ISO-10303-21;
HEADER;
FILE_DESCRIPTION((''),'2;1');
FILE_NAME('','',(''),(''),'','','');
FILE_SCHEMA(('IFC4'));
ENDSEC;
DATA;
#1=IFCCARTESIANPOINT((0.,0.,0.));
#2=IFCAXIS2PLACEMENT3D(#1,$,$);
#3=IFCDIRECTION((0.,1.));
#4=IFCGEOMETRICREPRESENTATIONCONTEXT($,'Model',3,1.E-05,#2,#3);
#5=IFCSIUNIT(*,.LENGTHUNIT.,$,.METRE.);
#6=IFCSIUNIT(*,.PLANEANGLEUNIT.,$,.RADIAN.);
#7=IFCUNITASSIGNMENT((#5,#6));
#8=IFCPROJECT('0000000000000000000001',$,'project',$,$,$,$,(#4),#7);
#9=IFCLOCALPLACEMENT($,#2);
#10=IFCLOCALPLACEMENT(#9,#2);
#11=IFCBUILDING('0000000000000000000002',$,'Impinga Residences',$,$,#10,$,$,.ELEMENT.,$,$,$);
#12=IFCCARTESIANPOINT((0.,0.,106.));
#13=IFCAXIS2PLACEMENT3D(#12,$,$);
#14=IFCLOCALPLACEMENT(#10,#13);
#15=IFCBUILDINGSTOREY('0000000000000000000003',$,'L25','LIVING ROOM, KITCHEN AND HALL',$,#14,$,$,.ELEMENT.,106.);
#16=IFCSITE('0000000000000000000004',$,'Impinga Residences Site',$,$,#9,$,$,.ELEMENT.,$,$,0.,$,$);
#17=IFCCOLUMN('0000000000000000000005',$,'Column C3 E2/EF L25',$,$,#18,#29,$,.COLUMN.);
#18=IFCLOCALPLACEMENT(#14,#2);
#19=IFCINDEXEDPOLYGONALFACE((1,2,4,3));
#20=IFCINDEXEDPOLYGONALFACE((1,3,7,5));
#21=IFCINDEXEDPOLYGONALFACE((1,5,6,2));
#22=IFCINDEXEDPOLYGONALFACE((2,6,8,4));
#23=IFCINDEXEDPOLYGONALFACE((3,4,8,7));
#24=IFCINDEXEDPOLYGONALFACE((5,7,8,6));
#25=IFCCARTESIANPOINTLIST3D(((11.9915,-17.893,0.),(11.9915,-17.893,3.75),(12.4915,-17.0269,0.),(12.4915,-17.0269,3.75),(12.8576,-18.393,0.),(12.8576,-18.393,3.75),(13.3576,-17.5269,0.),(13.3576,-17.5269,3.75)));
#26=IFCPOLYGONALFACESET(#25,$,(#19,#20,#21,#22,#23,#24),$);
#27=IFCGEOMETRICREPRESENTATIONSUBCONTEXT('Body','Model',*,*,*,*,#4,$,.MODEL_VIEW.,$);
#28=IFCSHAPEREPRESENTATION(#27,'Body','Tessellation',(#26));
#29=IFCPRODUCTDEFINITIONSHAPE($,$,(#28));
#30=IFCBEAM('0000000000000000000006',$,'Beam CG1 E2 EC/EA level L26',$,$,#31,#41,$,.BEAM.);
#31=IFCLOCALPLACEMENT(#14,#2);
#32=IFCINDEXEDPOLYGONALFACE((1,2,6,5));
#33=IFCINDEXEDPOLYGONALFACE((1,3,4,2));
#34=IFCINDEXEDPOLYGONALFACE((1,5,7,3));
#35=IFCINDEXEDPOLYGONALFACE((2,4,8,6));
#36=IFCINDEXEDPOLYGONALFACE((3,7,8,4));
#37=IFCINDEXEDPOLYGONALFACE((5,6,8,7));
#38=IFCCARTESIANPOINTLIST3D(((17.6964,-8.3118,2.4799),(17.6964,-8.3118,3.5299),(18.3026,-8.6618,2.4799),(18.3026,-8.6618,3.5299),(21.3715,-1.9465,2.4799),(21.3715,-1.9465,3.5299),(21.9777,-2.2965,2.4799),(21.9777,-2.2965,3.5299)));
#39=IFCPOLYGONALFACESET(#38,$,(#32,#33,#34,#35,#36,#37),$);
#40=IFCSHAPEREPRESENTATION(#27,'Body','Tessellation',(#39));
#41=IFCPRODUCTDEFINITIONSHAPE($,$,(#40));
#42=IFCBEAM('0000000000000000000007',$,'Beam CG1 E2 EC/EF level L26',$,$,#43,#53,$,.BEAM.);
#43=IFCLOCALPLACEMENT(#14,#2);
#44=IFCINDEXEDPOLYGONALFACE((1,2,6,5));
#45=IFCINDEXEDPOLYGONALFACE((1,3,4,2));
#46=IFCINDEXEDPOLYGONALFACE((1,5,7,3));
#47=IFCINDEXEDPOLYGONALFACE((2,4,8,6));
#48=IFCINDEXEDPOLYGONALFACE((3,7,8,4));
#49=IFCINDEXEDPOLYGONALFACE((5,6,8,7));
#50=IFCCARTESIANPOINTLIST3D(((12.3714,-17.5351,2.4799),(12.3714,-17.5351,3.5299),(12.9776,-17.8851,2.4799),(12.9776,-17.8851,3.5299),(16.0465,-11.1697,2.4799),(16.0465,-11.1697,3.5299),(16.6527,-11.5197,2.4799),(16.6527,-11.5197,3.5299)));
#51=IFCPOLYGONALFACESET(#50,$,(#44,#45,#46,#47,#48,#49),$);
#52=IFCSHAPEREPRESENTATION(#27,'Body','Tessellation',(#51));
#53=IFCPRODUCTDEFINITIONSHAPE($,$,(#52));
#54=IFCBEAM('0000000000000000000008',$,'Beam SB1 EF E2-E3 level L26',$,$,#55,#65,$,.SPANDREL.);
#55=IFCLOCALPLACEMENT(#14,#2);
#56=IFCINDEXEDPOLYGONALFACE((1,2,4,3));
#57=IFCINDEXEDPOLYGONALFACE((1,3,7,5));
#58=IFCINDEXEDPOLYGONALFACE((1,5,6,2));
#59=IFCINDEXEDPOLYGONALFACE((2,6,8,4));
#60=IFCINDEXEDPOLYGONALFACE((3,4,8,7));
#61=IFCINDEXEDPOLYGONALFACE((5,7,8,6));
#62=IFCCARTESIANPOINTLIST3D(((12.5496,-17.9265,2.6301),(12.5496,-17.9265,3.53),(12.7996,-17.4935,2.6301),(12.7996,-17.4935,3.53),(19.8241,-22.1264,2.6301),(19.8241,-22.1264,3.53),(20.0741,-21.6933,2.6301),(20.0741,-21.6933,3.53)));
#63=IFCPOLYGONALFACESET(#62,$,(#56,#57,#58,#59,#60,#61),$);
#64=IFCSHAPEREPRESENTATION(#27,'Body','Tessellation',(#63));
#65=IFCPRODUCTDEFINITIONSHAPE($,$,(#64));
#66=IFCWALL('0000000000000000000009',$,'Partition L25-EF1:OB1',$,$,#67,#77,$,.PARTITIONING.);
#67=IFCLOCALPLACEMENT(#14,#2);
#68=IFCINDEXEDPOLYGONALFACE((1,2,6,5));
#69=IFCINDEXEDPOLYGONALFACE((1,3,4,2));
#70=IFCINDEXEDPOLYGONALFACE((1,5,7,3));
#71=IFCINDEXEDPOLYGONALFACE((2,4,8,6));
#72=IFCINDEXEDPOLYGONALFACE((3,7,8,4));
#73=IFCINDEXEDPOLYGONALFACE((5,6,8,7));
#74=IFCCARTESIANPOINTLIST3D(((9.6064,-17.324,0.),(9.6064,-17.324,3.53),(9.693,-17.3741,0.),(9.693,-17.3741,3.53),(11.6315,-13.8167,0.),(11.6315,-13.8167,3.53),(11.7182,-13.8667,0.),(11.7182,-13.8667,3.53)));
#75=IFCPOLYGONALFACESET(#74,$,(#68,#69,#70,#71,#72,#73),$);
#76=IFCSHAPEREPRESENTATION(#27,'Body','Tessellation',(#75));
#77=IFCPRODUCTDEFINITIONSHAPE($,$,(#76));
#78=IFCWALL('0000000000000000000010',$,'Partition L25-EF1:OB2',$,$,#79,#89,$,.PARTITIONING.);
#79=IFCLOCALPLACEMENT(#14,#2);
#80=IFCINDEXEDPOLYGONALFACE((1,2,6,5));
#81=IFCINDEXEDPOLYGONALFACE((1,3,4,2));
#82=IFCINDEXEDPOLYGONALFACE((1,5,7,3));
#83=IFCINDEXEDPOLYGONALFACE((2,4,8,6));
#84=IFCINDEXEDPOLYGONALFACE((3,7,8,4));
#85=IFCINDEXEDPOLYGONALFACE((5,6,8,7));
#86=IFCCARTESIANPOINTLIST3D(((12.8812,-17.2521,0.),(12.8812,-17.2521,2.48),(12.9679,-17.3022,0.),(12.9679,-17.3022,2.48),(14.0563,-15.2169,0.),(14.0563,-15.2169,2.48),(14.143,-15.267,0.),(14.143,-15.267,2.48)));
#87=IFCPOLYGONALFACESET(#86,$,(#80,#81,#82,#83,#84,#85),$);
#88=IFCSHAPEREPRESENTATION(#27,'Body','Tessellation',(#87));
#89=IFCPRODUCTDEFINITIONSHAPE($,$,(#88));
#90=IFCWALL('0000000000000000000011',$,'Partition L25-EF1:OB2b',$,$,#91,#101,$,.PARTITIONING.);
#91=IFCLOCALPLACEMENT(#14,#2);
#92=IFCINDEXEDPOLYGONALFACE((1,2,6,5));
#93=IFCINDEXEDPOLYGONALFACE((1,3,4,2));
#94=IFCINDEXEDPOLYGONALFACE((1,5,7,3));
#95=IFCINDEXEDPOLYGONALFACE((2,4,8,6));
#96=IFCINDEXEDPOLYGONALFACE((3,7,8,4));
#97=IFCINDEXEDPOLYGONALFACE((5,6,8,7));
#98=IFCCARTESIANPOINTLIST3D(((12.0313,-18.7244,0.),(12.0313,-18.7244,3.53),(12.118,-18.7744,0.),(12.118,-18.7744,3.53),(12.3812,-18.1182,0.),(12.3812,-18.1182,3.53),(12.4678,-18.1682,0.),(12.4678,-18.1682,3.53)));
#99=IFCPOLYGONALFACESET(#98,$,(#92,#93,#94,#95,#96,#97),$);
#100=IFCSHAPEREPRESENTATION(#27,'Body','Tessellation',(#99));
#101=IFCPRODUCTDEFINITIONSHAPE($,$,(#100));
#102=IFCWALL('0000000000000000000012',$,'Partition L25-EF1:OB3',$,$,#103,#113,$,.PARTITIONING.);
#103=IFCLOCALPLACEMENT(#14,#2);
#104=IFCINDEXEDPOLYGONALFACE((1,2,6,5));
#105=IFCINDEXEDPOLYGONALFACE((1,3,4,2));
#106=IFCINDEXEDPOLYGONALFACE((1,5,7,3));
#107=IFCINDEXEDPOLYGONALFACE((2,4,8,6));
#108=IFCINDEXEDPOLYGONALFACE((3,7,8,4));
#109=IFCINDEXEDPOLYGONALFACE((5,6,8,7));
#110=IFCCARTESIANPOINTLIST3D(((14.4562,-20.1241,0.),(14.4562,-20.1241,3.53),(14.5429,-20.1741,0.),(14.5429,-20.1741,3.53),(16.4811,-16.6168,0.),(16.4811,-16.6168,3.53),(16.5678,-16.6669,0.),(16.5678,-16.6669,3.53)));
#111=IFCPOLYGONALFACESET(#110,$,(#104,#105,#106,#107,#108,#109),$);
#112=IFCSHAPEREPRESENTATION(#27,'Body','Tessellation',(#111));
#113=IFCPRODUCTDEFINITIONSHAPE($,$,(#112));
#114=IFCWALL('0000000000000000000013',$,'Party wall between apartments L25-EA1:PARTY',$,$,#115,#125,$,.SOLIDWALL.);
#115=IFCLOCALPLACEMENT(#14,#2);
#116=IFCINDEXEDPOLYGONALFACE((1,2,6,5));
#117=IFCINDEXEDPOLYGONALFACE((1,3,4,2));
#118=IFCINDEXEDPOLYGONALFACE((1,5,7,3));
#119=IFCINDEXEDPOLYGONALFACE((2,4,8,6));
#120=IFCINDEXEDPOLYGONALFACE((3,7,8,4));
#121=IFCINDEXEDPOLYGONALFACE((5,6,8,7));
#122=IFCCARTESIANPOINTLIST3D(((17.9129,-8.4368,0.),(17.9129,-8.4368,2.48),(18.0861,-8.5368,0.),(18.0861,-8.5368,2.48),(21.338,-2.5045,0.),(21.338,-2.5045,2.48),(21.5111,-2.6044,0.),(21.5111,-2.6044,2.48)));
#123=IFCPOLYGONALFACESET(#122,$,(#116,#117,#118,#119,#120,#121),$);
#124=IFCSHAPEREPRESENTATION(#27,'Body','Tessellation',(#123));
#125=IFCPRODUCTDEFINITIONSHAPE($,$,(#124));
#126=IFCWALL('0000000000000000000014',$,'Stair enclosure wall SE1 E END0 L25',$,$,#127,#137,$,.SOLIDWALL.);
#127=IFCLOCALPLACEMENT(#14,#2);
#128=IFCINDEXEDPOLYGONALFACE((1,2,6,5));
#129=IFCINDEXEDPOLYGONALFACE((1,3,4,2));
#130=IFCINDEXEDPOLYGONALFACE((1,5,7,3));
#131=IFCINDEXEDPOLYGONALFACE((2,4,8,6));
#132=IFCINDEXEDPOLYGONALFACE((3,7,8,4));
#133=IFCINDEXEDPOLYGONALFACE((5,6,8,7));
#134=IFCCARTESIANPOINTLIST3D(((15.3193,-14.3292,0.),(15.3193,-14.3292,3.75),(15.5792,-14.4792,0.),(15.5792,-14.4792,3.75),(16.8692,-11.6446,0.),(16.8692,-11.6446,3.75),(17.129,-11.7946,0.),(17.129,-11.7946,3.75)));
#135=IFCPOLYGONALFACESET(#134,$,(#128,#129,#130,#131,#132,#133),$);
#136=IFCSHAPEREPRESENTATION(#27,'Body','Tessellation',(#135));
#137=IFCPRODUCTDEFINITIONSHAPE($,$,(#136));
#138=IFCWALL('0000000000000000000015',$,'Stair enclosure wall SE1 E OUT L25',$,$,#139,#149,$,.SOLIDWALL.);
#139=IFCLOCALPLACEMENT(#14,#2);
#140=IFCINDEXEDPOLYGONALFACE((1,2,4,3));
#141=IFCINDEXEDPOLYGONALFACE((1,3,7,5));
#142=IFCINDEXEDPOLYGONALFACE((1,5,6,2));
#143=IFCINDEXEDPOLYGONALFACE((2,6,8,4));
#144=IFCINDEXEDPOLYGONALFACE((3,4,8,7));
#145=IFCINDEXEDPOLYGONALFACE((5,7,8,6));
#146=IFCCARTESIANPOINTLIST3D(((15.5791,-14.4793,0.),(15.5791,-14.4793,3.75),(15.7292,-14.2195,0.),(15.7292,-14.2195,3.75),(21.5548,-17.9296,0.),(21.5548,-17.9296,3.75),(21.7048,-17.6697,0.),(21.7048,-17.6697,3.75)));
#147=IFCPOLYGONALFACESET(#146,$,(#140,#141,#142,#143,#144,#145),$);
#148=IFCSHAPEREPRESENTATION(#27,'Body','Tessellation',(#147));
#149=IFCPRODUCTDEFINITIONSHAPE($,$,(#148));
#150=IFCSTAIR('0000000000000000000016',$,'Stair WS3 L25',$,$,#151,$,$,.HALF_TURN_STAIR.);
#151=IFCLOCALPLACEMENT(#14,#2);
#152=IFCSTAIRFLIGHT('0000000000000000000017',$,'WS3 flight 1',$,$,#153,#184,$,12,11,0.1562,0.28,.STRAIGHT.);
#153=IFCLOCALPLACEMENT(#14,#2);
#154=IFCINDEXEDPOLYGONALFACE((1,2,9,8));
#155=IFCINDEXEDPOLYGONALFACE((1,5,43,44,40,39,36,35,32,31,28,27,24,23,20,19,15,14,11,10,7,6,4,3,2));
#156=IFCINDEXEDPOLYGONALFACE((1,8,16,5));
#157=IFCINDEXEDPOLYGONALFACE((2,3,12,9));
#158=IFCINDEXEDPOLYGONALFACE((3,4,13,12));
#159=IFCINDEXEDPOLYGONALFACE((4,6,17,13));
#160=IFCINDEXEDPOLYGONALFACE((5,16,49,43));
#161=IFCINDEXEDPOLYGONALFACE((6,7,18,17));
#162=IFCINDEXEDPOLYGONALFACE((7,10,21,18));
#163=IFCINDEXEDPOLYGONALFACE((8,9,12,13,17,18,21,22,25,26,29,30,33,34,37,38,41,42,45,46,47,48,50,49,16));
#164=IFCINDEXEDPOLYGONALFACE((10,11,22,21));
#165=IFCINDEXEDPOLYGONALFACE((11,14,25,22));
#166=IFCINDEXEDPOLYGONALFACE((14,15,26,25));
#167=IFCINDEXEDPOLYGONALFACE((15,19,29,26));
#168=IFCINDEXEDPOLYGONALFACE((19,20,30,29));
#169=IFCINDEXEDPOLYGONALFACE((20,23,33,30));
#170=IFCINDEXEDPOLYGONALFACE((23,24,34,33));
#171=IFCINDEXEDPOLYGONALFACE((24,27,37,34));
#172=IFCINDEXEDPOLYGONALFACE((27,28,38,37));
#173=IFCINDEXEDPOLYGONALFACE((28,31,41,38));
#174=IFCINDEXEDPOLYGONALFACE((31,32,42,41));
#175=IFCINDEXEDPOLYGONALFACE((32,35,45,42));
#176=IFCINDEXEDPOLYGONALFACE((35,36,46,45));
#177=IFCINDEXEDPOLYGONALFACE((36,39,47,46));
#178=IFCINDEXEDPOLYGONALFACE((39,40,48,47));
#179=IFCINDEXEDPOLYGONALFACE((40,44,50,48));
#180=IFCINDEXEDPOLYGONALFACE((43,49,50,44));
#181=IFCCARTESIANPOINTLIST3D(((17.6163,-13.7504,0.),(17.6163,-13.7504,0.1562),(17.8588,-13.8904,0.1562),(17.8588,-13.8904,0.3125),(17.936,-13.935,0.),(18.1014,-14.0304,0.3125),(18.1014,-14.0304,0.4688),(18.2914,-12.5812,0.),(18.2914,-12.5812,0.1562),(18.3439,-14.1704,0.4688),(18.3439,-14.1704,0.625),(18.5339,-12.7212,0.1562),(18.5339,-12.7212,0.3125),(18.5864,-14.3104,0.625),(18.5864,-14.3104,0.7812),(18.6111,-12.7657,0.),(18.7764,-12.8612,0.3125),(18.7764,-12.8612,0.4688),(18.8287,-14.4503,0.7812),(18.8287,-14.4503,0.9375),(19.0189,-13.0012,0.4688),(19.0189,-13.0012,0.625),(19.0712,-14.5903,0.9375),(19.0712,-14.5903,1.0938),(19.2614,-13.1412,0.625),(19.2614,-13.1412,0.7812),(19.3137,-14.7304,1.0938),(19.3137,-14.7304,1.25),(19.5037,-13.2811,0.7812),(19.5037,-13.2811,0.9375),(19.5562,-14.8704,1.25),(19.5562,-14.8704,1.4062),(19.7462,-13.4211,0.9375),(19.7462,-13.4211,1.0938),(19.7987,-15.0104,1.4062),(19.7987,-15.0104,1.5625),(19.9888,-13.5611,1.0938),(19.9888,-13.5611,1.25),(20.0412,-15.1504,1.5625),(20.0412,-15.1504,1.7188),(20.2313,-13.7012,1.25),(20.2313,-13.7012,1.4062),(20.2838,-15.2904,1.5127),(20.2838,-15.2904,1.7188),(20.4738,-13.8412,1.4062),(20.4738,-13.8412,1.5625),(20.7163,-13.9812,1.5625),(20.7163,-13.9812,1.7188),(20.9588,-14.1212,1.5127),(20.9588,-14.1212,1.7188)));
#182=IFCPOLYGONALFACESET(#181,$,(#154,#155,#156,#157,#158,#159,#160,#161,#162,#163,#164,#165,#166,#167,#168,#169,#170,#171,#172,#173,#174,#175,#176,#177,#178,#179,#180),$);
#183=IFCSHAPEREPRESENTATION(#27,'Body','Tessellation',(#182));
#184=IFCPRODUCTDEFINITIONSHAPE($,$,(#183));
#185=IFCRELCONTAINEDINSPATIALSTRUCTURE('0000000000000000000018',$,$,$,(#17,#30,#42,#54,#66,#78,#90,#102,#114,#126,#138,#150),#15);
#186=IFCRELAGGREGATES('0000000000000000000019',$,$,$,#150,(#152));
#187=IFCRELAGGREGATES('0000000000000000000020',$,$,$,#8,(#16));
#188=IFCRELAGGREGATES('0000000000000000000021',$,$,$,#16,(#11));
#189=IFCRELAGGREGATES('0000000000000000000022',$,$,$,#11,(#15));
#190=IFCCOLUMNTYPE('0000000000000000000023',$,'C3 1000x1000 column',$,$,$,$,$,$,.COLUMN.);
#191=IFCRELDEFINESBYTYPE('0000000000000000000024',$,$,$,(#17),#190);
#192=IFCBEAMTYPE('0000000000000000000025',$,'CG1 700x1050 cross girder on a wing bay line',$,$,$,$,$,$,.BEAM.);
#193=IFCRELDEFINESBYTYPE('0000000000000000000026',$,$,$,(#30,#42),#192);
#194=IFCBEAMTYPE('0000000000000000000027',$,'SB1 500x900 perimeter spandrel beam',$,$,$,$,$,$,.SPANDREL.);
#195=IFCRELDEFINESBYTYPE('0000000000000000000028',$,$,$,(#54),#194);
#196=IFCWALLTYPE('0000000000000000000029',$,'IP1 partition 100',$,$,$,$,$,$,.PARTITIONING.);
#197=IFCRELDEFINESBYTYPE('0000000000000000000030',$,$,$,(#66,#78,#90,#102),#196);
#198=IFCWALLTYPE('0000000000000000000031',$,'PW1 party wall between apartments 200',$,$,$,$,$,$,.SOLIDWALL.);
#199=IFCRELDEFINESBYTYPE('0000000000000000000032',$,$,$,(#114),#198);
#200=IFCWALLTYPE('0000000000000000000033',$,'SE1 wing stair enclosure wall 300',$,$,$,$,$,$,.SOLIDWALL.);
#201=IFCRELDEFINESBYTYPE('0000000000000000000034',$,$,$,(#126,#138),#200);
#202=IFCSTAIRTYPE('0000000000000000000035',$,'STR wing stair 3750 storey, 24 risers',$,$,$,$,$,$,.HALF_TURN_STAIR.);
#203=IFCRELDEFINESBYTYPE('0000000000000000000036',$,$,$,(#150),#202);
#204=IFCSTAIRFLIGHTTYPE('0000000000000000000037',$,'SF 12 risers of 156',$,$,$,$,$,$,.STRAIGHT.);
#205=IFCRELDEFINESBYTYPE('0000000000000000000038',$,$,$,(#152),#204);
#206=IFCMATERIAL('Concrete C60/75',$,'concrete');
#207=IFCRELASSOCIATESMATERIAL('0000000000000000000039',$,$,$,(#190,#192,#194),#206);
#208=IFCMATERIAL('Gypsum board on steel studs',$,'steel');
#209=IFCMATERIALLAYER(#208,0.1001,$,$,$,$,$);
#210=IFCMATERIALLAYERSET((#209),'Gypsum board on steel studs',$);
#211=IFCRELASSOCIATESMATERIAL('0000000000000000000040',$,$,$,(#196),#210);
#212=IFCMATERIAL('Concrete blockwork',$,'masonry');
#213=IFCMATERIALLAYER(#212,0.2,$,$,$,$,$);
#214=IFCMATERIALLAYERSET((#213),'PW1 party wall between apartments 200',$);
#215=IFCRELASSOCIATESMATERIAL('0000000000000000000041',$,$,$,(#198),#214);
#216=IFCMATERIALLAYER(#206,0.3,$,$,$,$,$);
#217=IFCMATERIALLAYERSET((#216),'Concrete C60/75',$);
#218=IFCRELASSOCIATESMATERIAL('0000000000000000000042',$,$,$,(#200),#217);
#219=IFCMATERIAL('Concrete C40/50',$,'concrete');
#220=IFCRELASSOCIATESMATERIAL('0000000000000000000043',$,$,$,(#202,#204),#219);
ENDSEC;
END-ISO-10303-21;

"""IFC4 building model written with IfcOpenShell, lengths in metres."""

from ifc_helpers import new_model, si_unit, direction, frame, frame_2d, origin, origin_2d, place, context, subcontext, project, spatial, polyline, rectangle, outline, extrude, material, layer, layer_set, material_profile, profile_set, type_object, element, aggregate, save


model = new_model("IFC4")

# Units and contexts
model_context = context("Model", 3, precision=1e-05, world=origin(), true_north=direction((0.0, 1.0)))
body_context = subcontext(model_context, "Body", "Model", "MODEL_VIEW")
ifc_project = project(units=[si_unit("LENGTHUNIT", "METRE"), si_unit("PLANEANGLEUNIT", "RADIAN")], contexts=[model_context])

# Site, building, storey
site_placement = place(None, origin())
site = spatial("IfcSite", under=ifc_project, at=site_placement, Name="Impinga Residences Site", CompositionType="ELEMENT", RefElevation=0.0)
building_placement = place(site_placement, origin())
building = spatial("IfcBuilding", under=site, at=building_placement, Name="Impinga Residences", CompositionType="ELEMENT")
storey_placement = place(building_placement, frame((0.0, 0.0, 106.0)))
storey = spatial("IfcBuildingStorey", under=building, at=storey_placement, Name="L25", Description="LIVING ROOM, KITCHEN AND HALL", CompositionType="ELEMENT", Elevation=106.0)

# Column
ifc_material_1 = material(Name="Concrete C60/75", Category="concrete")
ifc_material_profile_1 = material_profile(ifc_material_1, rectangle(XDim=1.0, YDim=1.0, at=origin_2d()), Name="RC 1000x1000")
ifc_profile_set_1 = profile_set([ifc_material_profile_1], Name="Concrete C60/75")
column_type = type_object("IfcColumnType", Name="C3 1000x1000 column", PredefinedType="COLUMN", material=ifc_profile_set_1)
column_placement = place(storey_placement, frame((12.6746, -17.71, 0.0), z_axis=(0.0, 0.0, 1.0), x_axis=(-0.5, -0.866025, 0.0)))
element("IfcColumn", 1, at=column_placement, inside=storey, type_object=column_type, Name="Column C3 E2/EF L25", PredefinedType="COLUMN", context=body_context, shape_type="SweptSolid", body=[
    extrude(rectangle(XDim=1.0, YDim=1.0, at=origin_2d()), origin(), (0.0, 0.0, 1.0), 3.75),
])

# Beams
ifc_material_profile_2 = material_profile(ifc_material_1, rectangle(XDim=0.7, YDim=1.05, at=origin_2d()), Name="RC 700x1050")
ifc_profile_set_2 = profile_set([ifc_material_profile_2], Name="Concrete C60/75")
beam_type_1 = type_object("IfcBeamType", Name="CG1 700x1050 cross girder on a wing bay line", PredefinedType="BEAM", material=ifc_profile_set_2)
for number, where, z_axis, x_axis, name in (
    (2, (17.9995, -8.4868, 3.0049), (0.500008, 0.866021, 0.0), (-0.866021, 0.500008, 0.0), "Beam CG1 E2 EC/EA level L26"),
    (3, (16.3496, -11.3447, 3.0049), (-0.500008, -0.866021, 0.0), (0.866021, -0.500008, 0.0), "Beam CG1 E2 EC/EF level L26"),
):
    element("IfcBeam", number, at=place(storey_placement, frame(where, z_axis=z_axis, x_axis=x_axis)), inside=storey, type_object=beam_type_1, Name=name, PredefinedType="BEAM", context=body_context, shape_type="SweptSolid", body=[
        extrude(rectangle(XDim=0.7, YDim=1.05, at=origin_2d()), origin(), (0.0, 0.0, 1.0), 7.3501),
    ])
ifc_material_profile_3 = material_profile(ifc_material_1, rectangle(XDim=0.5, YDim=0.8999, at=origin_2d()), Name="RC 500x900")
ifc_profile_set_3 = profile_set([ifc_material_profile_3], Name="Concrete C60/75")
beam_type_2 = type_object("IfcBeamType", Name="SB1 500x900 perimeter spandrel beam", PredefinedType="SPANDREL", material=ifc_profile_set_3)
beam_placement = place(storey_placement, frame((12.6746, -17.71, 3.0801), z_axis=(0.866029, -0.499993, 0.0), x_axis=(0.499993, 0.866029, 0.0)))
element("IfcBeam", 4, at=beam_placement, inside=storey, type_object=beam_type_2, Name="Beam SB1 EF E2-E3 level L26", PredefinedType="SPANDREL", context=body_context, shape_type="SweptSolid", body=[
    extrude(rectangle(XDim=0.5, YDim=0.8999, at=origin_2d()), origin(), (0.0, 0.0, 1.0), 8.3999),
])

# Walls
ifc_material_2 = material(Name="Gypsum board on steel studs", Category="steel")
ifc_layer_1 = layer(ifc_material_2, 0.1001)
ifc_layer_set_1 = layer_set([ifc_layer_1], Name="Gypsum board on steel studs")
wall_type_1 = type_object("IfcWallType", Name="IP1 partition 100", PredefinedType="PARTITIONING", material=ifc_layer_set_1)
wall_1_placement = place(storey_placement, frame((11.6748, -13.8418, 0.0), z_axis=(0.0, 0.0, 1.0), x_axis=(-0.500036, -0.866005, 0.0)))
element("IfcWall", 5, at=wall_1_placement, inside=storey, type_object=wall_type_1, Name="Partition L25-EF1:OB1", PredefinedType="PARTITIONING", context=body_context, shape_type="SweptSolid", body=[
    extrude(rectangle(XDim=4.05, YDim=0.1001, at=frame_2d((2.0249, 0.0))), origin(), (0.0, 0.0, 1.0), 3.53),
])
wall_2_placement = place(storey_placement, frame((14.0996, -15.2419, 0.0), z_axis=(0.0, 0.0, 1.0), x_axis=(-0.500016, -0.866016, 0.0)))
element("IfcWall", 6, at=wall_2_placement, inside=storey, type_object=wall_type_1, Name="Partition L25-EF1:OB2", PredefinedType="PARTITIONING", context=body_context, shape_type="SweptSolid", body=[
    extrude(rectangle(XDim=2.3501, YDim=0.1001, at=frame_2d((1.175, 0.0))), origin(), (0.0, 0.0, 1.0), 2.48),
])
wall_3_placement = place(storey_placement, frame((12.4246, -18.1431, 0.0), z_axis=(0.0, 0.0, 1.0), x_axis=(-0.499853, -0.86611, 0.0)))
element("IfcWall", 7, at=wall_3_placement, inside=storey, type_object=wall_type_1, Name="Partition L25-EF1:OB2b", PredefinedType="PARTITIONING", context=body_context, shape_type="SweptSolid", body=[
    extrude(rectangle(XDim=0.7, YDim=0.1001, at=frame_2d((0.3501, 0.0))), origin(), (0.0, 0.0, 1.0), 3.53),
])
wall_4_placement = place(storey_placement, frame((16.5244, -16.6418, 0.0), z_axis=(0.0, 0.0, 1.0), x_axis=(-0.49999, -0.866031, 0.0)))
element("IfcWall", 8, at=wall_4_placement, inside=storey, type_object=wall_type_1, Name="Partition L25-EF1:OB3", PredefinedType="PARTITIONING", context=body_context, shape_type="SweptSolid", body=[
    extrude(rectangle(XDim=4.0498, YDim=0.1001, at=frame_2d((2.0249, 0.0))), origin(), (0.0, 0.0, 1.0), 3.53),
])
ifc_material_3 = material(Name="Concrete blockwork", Category="masonry")
ifc_layer_2 = layer(ifc_material_3, 0.2)
ifc_layer_set_2 = layer_set([ifc_layer_2], Name="PW1 party wall between apartments 200")
wall_type_2 = type_object("IfcWallType", Name="PW1 party wall between apartments 200", PredefinedType="SOLIDWALL", material=ifc_layer_set_2)
wall_5_placement = place(storey_placement, frame((17.9995, -8.4868, 0.0), z_axis=(0.0, 0.0, 1.0), x_axis=(0.499999, 0.866026, 0.0)))
element("IfcWall", 9, at=wall_5_placement, inside=storey, type_object=wall_type_2, Name="Party wall between apartments L25-EA1:PARTY", PredefinedType="SOLIDWALL", context=body_context, shape_type="SweptSolid", body=[
    extrude(rectangle(XDim=6.8501, YDim=0.2, at=frame_2d((3.425, 0.0))), origin(), (0.0, 0.0, 1.0), 2.48),
])
ifc_layer_3 = layer(ifc_material_1, 0.3)
ifc_layer_set_3 = layer_set([ifc_layer_3], Name="Concrete C60/75")
wall_type_3 = type_object("IfcWallType", Name="SE1 wing stair enclosure wall 300", PredefinedType="SOLIDWALL", material=ifc_layer_set_3)
wall_6_placement = place(storey_placement, frame((16.999, -11.7197, 0.0), z_axis=(0.0, 0.0, 1.0), x_axis=(-0.499968, -0.866044, 0.0)))
element("IfcWall", 10, at=wall_6_placement, inside=storey, type_object=wall_type_3, Name="Stair enclosure wall SE1 E END0 L25", PredefinedType="SOLIDWALL", context=body_context, shape_type="SweptSolid", body=[
    extrude(rectangle(XDim=3.0999, YDim=0.3, at=frame_2d((1.5498, 0.0))), origin(), (0.0, 0.0, 1.0), 3.75),
])
wall_7_placement = place(storey_placement, frame((15.6541, -14.3494, 0.0), z_axis=(0.0, 0.0, 1.0), x_axis=(0.866014, -0.500021, 0.0)))
element("IfcWall", 11, at=wall_7_placement, inside=storey, type_object=wall_type_3, Name="Stair enclosure wall SE1 E OUT L25", PredefinedType="SOLIDWALL", context=body_context, shape_type="SweptSolid", body=[
    extrude(rectangle(XDim=6.9001, YDim=0.3, at=frame_2d((3.4502, 0.0))), origin(), (0.0, 0.0, 1.0), 3.75),
])

# Stair, stair flight
ifc_material_4 = material(Name="Concrete C40/50", Category="concrete")
stair_type = type_object("IfcStairType", Name="STR wing stair 3750 storey, 24 risers", PredefinedType="HALF_TURN_STAIR", material=ifc_material_4)
stair_placement = place(storey_placement, origin())
stair = element("IfcStair", 12, at=stair_placement, inside=storey, type_object=stair_type, Name="Stair WS3 L25", PredefinedType="HALF_TURN_STAIR")
stair_flight_type = type_object("IfcStairFlightType", Name="SF 12 risers of 156", PredefinedType="STRAIGHT", material=ifc_material_4)
stair_flight_placement = place(storey_placement, frame((17.9539, -13.1658, 0.0), z_axis=(0.0, 0.0, 1.0), x_axis=(0.866025, -0.5, 0.0)))
stair_flight = element("IfcStairFlight", 13, at=stair_flight_placement, type_object=stair_flight_type, Name="WS3 flight 1", NumberOfRisers=12, NumberOfTreads=11, PredefinedType="STRAIGHT", RiserHeight=0.1562, TreadLength=0.28, context=body_context, shape_type="SweptSolid", body=[
    extrude(outline(polyline([(0.0, 0.0), (0.0, 0.1562), (0.28, 0.1562), (0.28, 0.3125), (0.5601, 0.3125), (0.5601, 0.4688), (0.8401, 0.4688), (0.8401, 0.625), (1.1201, 0.625), (1.1201, 0.7812), (1.3999, 0.7812), (1.3999, 0.9375), (1.6799, 0.9375), (1.6799, 1.0938), (1.96, 1.0938), (1.96, 1.25), (2.24, 1.25), (2.24, 1.4062), (2.52, 1.4062), (2.52, 1.5625), (2.8, 1.5625), (2.8, 1.7188), (3.0801, 1.7188), (3.0801, 1.875), (3.0801, 1.5127), (0.3691, 0.0), (0.0, 0.0)])), frame((0.0, 0.675, 0.0), z_axis=(0.0, -1.0, 0.0), x_axis=(1.0, 0.0, 0.0)), (0.0, 0.0, 1.0), 1.3501),
])
aggregate(stair, [stair_flight])

save(model, "model.ifc")
